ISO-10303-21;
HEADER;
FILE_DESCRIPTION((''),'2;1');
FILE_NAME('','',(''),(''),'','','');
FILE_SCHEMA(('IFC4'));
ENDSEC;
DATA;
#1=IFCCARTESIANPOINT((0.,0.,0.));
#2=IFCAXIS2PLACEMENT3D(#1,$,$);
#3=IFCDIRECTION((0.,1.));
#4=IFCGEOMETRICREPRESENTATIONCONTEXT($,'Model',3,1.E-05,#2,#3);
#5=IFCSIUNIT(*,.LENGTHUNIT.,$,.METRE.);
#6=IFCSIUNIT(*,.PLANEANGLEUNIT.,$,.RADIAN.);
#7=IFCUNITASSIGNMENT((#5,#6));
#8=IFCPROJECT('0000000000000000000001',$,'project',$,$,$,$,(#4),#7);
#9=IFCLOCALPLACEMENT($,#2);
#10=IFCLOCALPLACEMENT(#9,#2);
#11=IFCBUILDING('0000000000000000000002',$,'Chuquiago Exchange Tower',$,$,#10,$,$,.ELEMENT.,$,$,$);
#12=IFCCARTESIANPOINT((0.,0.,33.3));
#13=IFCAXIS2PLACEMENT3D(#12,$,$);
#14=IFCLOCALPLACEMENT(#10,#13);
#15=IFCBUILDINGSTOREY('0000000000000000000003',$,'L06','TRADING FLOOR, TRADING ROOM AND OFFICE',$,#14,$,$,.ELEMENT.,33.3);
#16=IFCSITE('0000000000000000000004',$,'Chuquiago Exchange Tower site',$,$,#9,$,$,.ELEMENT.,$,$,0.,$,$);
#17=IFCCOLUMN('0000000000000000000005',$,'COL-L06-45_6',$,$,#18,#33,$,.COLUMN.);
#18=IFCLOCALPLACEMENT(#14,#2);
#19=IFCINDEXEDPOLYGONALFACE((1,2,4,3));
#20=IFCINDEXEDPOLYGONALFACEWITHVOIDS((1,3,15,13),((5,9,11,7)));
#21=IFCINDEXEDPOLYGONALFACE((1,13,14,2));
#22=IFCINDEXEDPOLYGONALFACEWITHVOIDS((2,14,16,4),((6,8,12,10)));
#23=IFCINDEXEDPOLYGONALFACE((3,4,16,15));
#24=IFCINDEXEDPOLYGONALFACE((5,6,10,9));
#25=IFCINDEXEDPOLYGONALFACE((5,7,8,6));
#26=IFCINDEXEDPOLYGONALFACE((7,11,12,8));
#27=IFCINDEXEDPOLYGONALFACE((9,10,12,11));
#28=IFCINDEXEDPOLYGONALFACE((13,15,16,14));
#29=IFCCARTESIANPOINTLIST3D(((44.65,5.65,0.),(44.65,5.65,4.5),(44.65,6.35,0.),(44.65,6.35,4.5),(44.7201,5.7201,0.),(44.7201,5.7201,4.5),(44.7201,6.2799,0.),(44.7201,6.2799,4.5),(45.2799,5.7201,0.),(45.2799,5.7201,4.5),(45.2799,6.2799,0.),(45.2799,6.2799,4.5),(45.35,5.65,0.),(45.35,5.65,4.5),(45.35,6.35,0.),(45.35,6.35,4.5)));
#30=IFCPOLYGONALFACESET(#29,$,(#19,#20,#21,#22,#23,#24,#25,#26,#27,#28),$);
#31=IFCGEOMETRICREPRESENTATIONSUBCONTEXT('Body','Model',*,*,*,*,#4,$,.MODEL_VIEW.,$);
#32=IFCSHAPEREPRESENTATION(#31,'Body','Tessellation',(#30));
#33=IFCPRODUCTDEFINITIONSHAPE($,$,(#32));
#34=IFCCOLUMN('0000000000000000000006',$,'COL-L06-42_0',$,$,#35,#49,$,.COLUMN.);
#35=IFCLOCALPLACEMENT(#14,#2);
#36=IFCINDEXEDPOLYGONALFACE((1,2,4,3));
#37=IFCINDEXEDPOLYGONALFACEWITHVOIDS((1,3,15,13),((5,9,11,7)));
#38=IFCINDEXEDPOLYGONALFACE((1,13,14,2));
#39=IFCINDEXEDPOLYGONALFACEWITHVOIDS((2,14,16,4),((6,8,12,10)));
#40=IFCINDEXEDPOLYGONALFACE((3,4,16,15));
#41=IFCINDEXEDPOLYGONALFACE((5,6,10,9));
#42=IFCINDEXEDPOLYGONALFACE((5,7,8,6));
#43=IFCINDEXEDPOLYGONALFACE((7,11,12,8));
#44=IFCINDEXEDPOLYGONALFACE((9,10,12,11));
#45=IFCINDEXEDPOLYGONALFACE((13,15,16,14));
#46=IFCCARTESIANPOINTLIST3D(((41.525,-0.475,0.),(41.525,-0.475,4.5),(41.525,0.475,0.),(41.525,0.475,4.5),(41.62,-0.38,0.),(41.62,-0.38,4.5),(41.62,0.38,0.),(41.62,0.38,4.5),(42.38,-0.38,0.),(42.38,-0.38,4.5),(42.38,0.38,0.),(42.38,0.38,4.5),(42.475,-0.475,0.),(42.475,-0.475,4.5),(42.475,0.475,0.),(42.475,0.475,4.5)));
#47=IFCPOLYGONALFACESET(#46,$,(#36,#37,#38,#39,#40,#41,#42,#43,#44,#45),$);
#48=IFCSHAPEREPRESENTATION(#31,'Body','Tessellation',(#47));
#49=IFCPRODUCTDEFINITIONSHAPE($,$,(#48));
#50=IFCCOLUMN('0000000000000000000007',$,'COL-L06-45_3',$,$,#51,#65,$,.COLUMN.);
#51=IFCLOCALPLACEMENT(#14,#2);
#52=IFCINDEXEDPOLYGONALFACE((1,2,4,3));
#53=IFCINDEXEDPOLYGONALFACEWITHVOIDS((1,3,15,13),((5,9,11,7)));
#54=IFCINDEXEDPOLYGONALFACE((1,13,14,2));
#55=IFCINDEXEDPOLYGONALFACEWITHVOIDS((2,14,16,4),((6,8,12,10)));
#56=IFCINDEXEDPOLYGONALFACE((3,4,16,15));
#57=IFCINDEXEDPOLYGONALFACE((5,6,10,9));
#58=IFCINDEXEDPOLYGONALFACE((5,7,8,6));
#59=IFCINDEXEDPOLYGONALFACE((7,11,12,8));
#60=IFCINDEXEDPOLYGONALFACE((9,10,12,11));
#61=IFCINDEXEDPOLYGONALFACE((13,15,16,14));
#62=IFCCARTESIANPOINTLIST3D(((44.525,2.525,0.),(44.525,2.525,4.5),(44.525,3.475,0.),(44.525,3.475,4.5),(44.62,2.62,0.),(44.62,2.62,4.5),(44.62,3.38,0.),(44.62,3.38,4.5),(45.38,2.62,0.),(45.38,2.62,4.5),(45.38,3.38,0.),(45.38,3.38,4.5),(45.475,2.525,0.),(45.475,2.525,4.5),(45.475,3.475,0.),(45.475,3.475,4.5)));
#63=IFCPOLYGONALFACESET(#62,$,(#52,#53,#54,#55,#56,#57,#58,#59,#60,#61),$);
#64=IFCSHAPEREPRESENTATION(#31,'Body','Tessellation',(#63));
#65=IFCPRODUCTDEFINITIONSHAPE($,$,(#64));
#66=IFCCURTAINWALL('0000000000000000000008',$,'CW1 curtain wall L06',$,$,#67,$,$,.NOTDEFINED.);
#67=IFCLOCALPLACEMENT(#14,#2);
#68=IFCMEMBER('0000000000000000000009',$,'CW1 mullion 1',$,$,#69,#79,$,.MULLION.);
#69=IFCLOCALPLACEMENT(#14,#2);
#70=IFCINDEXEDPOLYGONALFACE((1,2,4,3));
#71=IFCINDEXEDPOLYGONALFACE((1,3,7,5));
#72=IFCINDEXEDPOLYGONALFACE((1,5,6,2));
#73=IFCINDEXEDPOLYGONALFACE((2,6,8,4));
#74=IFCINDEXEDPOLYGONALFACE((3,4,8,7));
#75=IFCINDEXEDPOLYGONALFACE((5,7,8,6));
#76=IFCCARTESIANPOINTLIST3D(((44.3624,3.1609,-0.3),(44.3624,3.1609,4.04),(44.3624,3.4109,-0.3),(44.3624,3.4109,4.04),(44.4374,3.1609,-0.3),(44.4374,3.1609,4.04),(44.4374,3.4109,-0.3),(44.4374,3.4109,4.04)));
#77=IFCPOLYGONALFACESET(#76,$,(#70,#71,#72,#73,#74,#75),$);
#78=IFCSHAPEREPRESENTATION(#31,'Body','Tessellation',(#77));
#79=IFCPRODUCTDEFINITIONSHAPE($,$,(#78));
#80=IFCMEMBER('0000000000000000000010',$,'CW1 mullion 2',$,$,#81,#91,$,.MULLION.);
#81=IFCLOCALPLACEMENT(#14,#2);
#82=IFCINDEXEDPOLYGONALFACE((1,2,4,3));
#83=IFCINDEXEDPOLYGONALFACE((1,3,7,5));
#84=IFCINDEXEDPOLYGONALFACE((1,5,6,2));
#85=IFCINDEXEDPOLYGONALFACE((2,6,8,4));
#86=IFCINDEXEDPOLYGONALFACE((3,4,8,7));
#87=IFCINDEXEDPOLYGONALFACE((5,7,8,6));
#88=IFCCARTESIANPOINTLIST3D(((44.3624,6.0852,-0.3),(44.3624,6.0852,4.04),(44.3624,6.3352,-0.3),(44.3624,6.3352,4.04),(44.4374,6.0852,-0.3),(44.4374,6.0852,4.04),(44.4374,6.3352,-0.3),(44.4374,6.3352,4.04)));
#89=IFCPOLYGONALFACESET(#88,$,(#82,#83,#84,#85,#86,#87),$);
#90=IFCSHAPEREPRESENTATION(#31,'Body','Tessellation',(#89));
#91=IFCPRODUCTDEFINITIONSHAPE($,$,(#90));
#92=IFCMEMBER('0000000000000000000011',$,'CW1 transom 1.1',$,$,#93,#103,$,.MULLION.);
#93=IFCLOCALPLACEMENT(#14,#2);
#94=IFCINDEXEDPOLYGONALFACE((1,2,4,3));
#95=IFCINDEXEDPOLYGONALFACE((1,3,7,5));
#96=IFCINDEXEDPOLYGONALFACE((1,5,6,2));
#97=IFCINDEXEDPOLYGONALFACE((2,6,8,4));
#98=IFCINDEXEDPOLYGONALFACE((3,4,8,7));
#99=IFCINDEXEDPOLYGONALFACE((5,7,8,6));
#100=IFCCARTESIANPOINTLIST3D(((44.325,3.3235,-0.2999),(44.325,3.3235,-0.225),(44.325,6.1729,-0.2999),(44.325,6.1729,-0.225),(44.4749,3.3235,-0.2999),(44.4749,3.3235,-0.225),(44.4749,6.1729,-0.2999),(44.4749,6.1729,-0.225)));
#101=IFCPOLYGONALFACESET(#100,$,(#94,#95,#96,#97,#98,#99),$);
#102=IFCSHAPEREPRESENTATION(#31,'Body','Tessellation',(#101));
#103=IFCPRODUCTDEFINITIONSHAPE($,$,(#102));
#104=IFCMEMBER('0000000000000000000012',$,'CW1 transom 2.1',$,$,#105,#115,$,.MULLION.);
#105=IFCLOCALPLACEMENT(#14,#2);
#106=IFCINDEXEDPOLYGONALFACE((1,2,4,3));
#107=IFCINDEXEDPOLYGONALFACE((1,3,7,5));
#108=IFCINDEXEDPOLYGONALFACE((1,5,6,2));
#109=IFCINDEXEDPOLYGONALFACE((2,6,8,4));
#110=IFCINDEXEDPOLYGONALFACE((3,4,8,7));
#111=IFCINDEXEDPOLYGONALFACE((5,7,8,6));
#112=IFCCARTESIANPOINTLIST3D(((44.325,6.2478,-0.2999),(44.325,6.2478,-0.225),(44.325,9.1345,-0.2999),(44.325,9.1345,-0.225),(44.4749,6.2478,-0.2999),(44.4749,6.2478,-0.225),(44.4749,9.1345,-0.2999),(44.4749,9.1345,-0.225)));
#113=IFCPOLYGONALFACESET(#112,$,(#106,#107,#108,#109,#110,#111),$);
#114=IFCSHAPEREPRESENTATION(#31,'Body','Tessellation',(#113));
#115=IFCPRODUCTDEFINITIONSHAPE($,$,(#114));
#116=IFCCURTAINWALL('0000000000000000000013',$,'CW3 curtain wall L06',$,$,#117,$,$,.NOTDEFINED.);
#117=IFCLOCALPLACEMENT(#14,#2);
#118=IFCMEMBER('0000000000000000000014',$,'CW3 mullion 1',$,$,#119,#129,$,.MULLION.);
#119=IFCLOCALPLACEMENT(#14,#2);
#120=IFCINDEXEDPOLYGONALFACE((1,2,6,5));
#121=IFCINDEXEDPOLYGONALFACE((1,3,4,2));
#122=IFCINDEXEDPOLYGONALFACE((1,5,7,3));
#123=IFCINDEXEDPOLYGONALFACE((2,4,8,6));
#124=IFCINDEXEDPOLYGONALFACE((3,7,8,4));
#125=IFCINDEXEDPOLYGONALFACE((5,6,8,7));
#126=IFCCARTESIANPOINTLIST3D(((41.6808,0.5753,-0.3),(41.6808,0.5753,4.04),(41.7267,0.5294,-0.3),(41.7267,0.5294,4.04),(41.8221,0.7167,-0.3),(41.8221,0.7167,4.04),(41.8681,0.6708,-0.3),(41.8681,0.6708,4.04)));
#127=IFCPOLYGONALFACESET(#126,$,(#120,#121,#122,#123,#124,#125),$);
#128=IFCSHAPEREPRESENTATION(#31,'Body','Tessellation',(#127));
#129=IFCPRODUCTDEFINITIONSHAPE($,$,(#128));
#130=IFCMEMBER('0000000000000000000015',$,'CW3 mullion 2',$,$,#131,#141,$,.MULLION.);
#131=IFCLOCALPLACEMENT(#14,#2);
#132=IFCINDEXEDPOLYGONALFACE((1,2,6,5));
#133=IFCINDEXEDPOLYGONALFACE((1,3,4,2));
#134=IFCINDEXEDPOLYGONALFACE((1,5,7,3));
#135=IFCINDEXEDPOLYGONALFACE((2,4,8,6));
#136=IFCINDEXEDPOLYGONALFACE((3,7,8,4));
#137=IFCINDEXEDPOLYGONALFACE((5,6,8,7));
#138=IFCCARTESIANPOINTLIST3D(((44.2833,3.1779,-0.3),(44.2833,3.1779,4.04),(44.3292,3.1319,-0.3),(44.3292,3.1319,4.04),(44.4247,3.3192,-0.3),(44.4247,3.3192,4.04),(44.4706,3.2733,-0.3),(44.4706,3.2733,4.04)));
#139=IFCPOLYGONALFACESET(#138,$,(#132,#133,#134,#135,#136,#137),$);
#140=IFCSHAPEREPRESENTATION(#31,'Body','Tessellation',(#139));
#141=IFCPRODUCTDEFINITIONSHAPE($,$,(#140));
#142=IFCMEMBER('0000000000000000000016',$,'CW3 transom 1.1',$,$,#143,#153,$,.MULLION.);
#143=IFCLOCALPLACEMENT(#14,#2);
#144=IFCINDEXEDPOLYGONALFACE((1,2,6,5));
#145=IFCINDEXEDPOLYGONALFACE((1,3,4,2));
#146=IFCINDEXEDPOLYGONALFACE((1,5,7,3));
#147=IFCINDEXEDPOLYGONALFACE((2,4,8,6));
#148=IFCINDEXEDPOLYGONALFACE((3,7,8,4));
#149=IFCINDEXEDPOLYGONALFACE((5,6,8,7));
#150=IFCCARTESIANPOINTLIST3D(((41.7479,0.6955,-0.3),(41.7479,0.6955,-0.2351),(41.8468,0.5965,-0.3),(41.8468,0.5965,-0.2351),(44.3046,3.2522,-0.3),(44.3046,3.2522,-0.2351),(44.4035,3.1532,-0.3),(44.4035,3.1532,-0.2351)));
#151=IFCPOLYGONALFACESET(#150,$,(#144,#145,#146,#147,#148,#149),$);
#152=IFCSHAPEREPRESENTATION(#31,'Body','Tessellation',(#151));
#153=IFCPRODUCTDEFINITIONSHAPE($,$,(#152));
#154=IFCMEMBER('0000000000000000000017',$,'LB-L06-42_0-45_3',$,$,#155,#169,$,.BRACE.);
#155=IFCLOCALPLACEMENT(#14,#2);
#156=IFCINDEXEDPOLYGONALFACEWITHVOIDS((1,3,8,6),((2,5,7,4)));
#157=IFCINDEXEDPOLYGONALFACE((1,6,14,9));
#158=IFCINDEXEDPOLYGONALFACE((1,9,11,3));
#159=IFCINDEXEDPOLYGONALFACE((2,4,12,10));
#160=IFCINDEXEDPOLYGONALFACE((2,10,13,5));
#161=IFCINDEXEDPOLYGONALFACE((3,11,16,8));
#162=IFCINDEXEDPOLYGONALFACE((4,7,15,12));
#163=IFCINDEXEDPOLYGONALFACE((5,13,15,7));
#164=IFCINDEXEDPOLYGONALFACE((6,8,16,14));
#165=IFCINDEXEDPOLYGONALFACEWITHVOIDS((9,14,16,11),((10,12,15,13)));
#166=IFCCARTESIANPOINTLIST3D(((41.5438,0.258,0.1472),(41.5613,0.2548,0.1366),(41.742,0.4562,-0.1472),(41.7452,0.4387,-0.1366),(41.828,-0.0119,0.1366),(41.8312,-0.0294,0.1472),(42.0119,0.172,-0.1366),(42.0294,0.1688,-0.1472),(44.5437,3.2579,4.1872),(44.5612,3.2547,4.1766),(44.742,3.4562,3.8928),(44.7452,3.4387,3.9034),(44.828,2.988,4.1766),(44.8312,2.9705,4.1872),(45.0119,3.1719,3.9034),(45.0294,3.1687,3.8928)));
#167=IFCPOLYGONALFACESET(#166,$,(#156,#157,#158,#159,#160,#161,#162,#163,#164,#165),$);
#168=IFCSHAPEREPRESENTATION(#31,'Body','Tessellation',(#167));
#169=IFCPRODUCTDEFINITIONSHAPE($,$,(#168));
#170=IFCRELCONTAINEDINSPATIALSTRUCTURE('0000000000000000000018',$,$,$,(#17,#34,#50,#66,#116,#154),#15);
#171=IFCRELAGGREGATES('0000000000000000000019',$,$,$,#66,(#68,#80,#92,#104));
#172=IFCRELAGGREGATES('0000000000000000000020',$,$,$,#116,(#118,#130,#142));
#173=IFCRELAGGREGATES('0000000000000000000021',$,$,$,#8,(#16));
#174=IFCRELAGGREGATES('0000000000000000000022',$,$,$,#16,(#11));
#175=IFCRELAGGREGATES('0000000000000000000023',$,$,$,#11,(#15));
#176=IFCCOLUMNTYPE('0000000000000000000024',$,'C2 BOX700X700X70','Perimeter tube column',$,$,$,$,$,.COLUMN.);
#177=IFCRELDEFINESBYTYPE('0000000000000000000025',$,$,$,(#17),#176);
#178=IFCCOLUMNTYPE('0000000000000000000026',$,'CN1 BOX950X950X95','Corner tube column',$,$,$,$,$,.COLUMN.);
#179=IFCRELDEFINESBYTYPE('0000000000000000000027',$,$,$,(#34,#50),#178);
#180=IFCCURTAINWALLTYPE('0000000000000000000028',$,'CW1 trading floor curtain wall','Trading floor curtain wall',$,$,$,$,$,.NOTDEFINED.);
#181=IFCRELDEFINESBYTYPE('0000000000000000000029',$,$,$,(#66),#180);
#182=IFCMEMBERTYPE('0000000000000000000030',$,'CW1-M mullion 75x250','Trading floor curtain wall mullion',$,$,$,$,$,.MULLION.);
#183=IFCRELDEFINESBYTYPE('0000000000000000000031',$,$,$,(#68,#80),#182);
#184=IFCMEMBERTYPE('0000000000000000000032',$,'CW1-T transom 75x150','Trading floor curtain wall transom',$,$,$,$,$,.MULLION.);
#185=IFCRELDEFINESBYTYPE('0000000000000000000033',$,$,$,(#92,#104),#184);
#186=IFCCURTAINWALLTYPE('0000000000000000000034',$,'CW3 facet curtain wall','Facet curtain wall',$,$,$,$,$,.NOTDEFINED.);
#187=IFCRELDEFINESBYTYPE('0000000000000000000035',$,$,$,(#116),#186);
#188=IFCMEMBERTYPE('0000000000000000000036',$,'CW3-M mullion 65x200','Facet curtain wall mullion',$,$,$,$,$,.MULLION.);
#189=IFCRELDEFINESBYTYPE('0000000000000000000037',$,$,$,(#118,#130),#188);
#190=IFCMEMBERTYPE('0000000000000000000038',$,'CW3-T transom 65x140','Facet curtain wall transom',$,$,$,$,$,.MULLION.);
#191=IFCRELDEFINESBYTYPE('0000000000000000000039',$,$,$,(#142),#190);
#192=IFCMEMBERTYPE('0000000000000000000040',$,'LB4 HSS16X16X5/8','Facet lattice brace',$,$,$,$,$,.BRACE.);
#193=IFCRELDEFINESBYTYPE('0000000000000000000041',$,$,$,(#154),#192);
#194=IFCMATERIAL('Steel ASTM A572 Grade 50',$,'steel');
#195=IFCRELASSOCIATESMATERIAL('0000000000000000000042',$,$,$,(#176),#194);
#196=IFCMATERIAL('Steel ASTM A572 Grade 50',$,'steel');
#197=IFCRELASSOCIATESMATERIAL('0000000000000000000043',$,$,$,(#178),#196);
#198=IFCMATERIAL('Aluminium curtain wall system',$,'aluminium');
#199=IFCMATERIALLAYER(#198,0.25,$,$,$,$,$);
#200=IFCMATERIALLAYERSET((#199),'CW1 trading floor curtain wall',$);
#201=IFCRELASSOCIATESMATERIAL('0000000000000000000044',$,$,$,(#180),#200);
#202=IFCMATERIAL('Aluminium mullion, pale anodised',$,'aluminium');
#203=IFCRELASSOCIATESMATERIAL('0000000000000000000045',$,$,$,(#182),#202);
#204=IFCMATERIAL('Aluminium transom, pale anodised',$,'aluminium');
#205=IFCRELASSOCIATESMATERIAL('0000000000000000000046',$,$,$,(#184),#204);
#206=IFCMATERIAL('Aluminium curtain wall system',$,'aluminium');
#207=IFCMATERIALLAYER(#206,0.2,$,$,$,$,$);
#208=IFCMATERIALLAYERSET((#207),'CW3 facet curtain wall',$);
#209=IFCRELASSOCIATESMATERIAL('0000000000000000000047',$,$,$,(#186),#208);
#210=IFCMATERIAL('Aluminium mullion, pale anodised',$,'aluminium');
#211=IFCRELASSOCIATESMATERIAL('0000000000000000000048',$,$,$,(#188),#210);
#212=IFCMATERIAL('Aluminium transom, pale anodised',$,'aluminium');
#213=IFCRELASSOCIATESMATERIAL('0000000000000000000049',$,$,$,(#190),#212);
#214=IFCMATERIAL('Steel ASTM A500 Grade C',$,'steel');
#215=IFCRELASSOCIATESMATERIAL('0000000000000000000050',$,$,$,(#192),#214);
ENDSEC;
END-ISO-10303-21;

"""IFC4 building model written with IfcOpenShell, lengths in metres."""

from ifc_helpers import new_model, si_unit, direction, frame, origin, origin_2d, place, context, subcontext, project, spatial, rectangle, hollow_rectangle, extrude, material, layer, layer_set, material_profile, profile_set, type_object, element, aggregate, save


model = new_model("IFC4")

# Units and contexts
model_context = context("Model", 3, precision=1e-05, world=origin(), true_north=direction((0.0, 1.0)))
body_context = subcontext(model_context, "Body", "Model", "MODEL_VIEW")
ifc_project = project(units=[si_unit("LENGTHUNIT", "METRE"), si_unit("PLANEANGLEUNIT", "RADIAN")], contexts=[model_context])

# Site, building, storey
site_placement = place(None, origin())
site = spatial("IfcSite", under=ifc_project, at=site_placement, Name="Chuquiago Exchange Tower site", CompositionType="ELEMENT", RefElevation=0.0)
building_placement = place(site_placement, origin())
building = spatial("IfcBuilding", under=site, at=building_placement, Name="Chuquiago Exchange Tower", CompositionType="ELEMENT")
storey_placement = place(building_placement, frame((0.0, 0.0, 33.3)))
storey = spatial("IfcBuildingStorey", under=building, at=storey_placement, Name="L06", Description="TRADING FLOOR, TRADING ROOM AND OFFICE", CompositionType="ELEMENT", Elevation=33.3)

# Columns
ifc_material_1 = material(Name="Steel ASTM A572 Grade 50", Category="steel")
ifc_material_profile_1 = material_profile(ifc_material_1, hollow_rectangle(XDim=0.7, YDim=0.7, WallThickness=0.0701, at=origin_2d()), Name="BOX700X700X70")
ifc_profile_set_1 = profile_set([ifc_material_profile_1], Name="Steel ASTM A572 Grade 50")
column_type_1 = type_object("IfcColumnType", Name="C2 BOX700X700X70", Description="Perimeter tube column", PredefinedType="COLUMN", material=ifc_profile_set_1)
column_placement = place(storey_placement, frame((45.0, 6.0, 0.0), z_axis=(0.0, 0.0, 1.0), x_axis=(1.0, 0.0, 0.0)))
element("IfcColumn", 1, at=column_placement, inside=storey, type_object=column_type_1, Name="COL-L06-45_6", PredefinedType="COLUMN", context=body_context, shape_type="SweptSolid", body=[
    extrude(hollow_rectangle(XDim=0.7, YDim=0.7, WallThickness=0.0701, at=origin_2d()), origin(), (0.0, 0.0, 1.0), 4.5),
])
ifc_material_2 = material(Name="Steel ASTM A572 Grade 50", Category="steel")
ifc_material_profile_2 = material_profile(ifc_material_2, hollow_rectangle(XDim=0.95, YDim=0.95, WallThickness=0.095, at=origin_2d()), Name="BOX950X950X95")
ifc_profile_set_2 = profile_set([ifc_material_profile_2], Name="Steel ASTM A572 Grade 50")
column_type_2 = type_object("IfcColumnType", Name="CN1 BOX950X950X95", Description="Corner tube column", PredefinedType="COLUMN", material=ifc_profile_set_2)
for number, where, z_axis, x_axis, name in (
    (2, (42.0, 0.0, 0.0), (0.0, 0.0, 1.0), (0.0, -1.0, 0.0), "COL-L06-42_0"),
    (3, (45.0, 3.0, 0.0), (0.0, 0.0, 1.0), (1.0, 0.0, 0.0), "COL-L06-45_3"),
):
    element("IfcColumn", number, at=place(storey_placement, frame(where, z_axis=z_axis, x_axis=x_axis)), inside=storey, type_object=column_type_2, Name=name, PredefinedType="COLUMN", context=body_context, shape_type="SweptSolid", body=[
        extrude(hollow_rectangle(XDim=0.95, YDim=0.95, WallThickness=0.095, at=origin_2d()), origin(), (0.0, 0.0, 1.0), 4.5),
    ])

# Curtain walls, members
ifc_material_3 = material(Name="Aluminium curtain wall system", Category="aluminium")
ifc_layer_1 = layer(ifc_material_3, 0.25)
ifc_layer_set_1 = layer_set([ifc_layer_1], Name="CW1 trading floor curtain wall")
curtain_wall_type_1 = type_object("IfcCurtainWallType", Name="CW1 trading floor curtain wall", Description="Trading floor curtain wall", PredefinedType="NOTDEFINED", material=ifc_layer_set_1)
curtain_wall_1_placement = place(storey_placement, origin())
curtain_wall_1 = element("IfcCurtainWall", 4, at=curtain_wall_1_placement, inside=storey, type_object=curtain_wall_type_1, Name="CW1 curtain wall L06", PredefinedType="NOTDEFINED")
ifc_material_4 = material(Name="Aluminium mullion, pale anodised", Category="aluminium")
ifc_material_profile_3 = material_profile(ifc_material_4, rectangle(XDim=0.075, YDim=0.25, at=origin_2d()), Name="AL 75x250")
ifc_profile_set_3 = profile_set([ifc_material_profile_3], Name="Aluminium mullion, pale anodised")
member_type_1 = type_object("IfcMemberType", Name="CW1-M mullion 75x250", Description="Trading floor curtain wall mullion", PredefinedType="MULLION", material=ifc_profile_set_3)
member_1_placement = place(storey_placement, frame((44.3999, 3.2859, -0.3), z_axis=(0.0, 0.0, 1.0), x_axis=(-1.0, 0.0, 0.0)))
member_1 = element("IfcMember", 5, at=member_1_placement, type_object=member_type_1, Name="CW1 mullion 1", PredefinedType="MULLION", context=body_context, shape_type="SweptSolid", body=[
    extrude(rectangle(XDim=0.075, YDim=0.25, at=origin_2d()), origin(), (0.0, 0.0, 1.0), 4.3401),
])
member_2_placement = place(storey_placement, frame((44.3999, 6.2102, -0.3), z_axis=(0.0, 0.0, 1.0), x_axis=(-1.0, 0.0, 0.0)))
member_2 = element("IfcMember", 6, at=member_2_placement, type_object=member_type_1, Name="CW1 mullion 2", PredefinedType="MULLION", context=body_context, shape_type="SweptSolid", body=[
    extrude(rectangle(XDim=0.075, YDim=0.25, at=origin_2d()), origin(), (0.0, 0.0, 1.0), 4.3401),
])
ifc_material_5 = material(Name="Aluminium transom, pale anodised", Category="aluminium")
ifc_material_profile_4 = material_profile(ifc_material_5, rectangle(XDim=0.1499, YDim=0.075, at=origin_2d()), Name="AL 150x75")
ifc_profile_set_4 = profile_set([ifc_material_profile_4], Name="Aluminium transom, pale anodised")
member_type_2 = type_object("IfcMemberType", Name="CW1-T transom 75x150", Description="Trading floor curtain wall transom", PredefinedType="MULLION", material=ifc_profile_set_4)
member_3_placement = place(storey_placement, frame((44.3999, 3.3235, -0.2625), z_axis=(0.0, 1.0, 0.0), x_axis=(-1.0, 0.0, 0.0)))
member_3 = element("IfcMember", 7, at=member_3_placement, type_object=member_type_2, Name="CW1 transom 1.1", PredefinedType="MULLION", context=body_context, shape_type="SweptSolid", body=[
    extrude(rectangle(XDim=0.1499, YDim=0.075, at=origin_2d()), origin(), (0.0, 0.0, 1.0), 2.8494),
])
member_4_placement = place(storey_placement, frame((44.3999, 6.2478, -0.2625), z_axis=(0.0, 1.0, 0.0), x_axis=(-1.0, 0.0, 0.0)))
member_4 = element("IfcMember", 8, at=member_4_placement, type_object=member_type_2, Name="CW1 transom 2.1", PredefinedType="MULLION", context=body_context, shape_type="SweptSolid", body=[
    extrude(rectangle(XDim=0.1499, YDim=0.075, at=origin_2d()), origin(), (0.0, 0.0, 1.0), 2.8867),
])
ifc_material_6 = material(Name="Aluminium curtain wall system", Category="aluminium")
ifc_layer_2 = layer(ifc_material_6, 0.2)
ifc_layer_set_2 = layer_set([ifc_layer_2], Name="CW3 facet curtain wall")
curtain_wall_type_2 = type_object("IfcCurtainWallType", Name="CW3 facet curtain wall", Description="Facet curtain wall", PredefinedType="NOTDEFINED", material=ifc_layer_set_2)
curtain_wall_2_placement = place(storey_placement, origin())
curtain_wall_2 = element("IfcCurtainWall", 9, at=curtain_wall_2_placement, inside=storey, type_object=curtain_wall_type_2, Name="CW3 curtain wall L06", PredefinedType="NOTDEFINED")
ifc_material_7 = material(Name="Aluminium mullion, pale anodised", Category="aluminium")
ifc_material_profile_5 = material_profile(ifc_material_7, rectangle(XDim=0.0649, YDim=0.2, at=origin_2d()), Name="AL 65x200")
ifc_profile_set_5 = profile_set([ifc_material_profile_5], Name="Aluminium mullion, pale anodised")
member_type_3 = type_object("IfcMemberType", Name="CW3-M mullion 65x200", Description="Facet curtain wall mullion", PredefinedType="MULLION", material=ifc_profile_set_5)
member_5_placement = place(storey_placement, frame((41.7744, 0.623, -0.3), z_axis=(0.0, 0.0, 1.0), x_axis=(-0.707107, 0.707107, 0.0)))
member_5 = element("IfcMember", 10, at=member_5_placement, type_object=member_type_3, Name="CW3 mullion 1", PredefinedType="MULLION", context=body_context, shape_type="SweptSolid", body=[
    extrude(rectangle(XDim=0.0649, YDim=0.2, at=origin_2d()), origin(), (0.0, 0.0, 1.0), 4.3401),
])
member_6_placement = place(storey_placement, frame((44.377, 3.2256, -0.3), z_axis=(0.0, 0.0, 1.0), x_axis=(-0.707107, 0.707107, 0.0)))
member_6 = element("IfcMember", 11, at=member_6_placement, type_object=member_type_3, Name="CW3 mullion 2", PredefinedType="MULLION", context=body_context, shape_type="SweptSolid", body=[
    extrude(rectangle(XDim=0.0649, YDim=0.2, at=origin_2d()), origin(), (0.0, 0.0, 1.0), 4.3401),
])
ifc_material_8 = material(Name="Aluminium transom, pale anodised", Category="aluminium")
ifc_material_profile_6 = material_profile(ifc_material_8, rectangle(XDim=0.1399, YDim=0.0649, at=origin_2d()), Name="AL 140x65")
ifc_profile_set_6 = profile_set([ifc_material_profile_6], Name="Aluminium transom, pale anodised")
member_type_4 = type_object("IfcMemberType", Name="CW3-T transom 65x140", Description="Facet curtain wall transom", PredefinedType="MULLION", material=ifc_profile_set_6)
member_7_placement = place(storey_placement, frame((41.7974, 0.646, -0.2676), z_axis=(0.707107, 0.707107, 0.0), x_axis=(-0.707107, 0.707107, 0.0)))
member_7 = element("IfcMember", 12, at=member_7_placement, type_object=member_type_4, Name="CW3 transom 1.1", PredefinedType="MULLION", context=body_context, shape_type="SweptSolid", body=[
    extrude(rectangle(XDim=0.1399, YDim=0.0649, at=origin_2d()), origin(), (0.0, 0.0, 1.0), 3.6157),
])

# Member
ifc_material_9 = material(Name="Steel ASTM A500 Grade C", Category="steel")
ifc_material_profile_7 = material_profile(ifc_material_9, hollow_rectangle(XDim=0.4065, YDim=0.4065, WallThickness=0.0146, at=origin_2d()), Name="HSS16X16X5/8")
ifc_profile_set_7 = profile_set([ifc_material_profile_7], Name="Steel ASTM A500 Grade C")
member_type_5 = type_object("IfcMemberType", Name="LB4 HSS16X16X5/8", Description="Facet lattice brace", PredefinedType="BRACE", material=ifc_profile_set_7)
member_8_placement = place(storey_placement, frame((41.7866, 0.2134, 0.0), z_axis=(0.512077, 0.512077, 0.689604), x_axis=(-0.707107, 0.707107, 0.0)))
element("IfcMember", 13, at=member_8_placement, inside=storey, type_object=member_type_5, Name="LB-L06-42_0-45_3", PredefinedType="BRACE", context=body_context, shape_type="SweptSolid", body=[
    extrude(hollow_rectangle(XDim=0.4065, YDim=0.4065, WallThickness=0.0146, at=origin_2d()), origin(), (0.0, 0.0, 1.0), 5.8584),
])

aggregate(curtain_wall_1, [member_1, member_2, member_3, member_4])
aggregate(curtain_wall_2, [member_5, member_6, member_7])

save(model, "model.ifc")
